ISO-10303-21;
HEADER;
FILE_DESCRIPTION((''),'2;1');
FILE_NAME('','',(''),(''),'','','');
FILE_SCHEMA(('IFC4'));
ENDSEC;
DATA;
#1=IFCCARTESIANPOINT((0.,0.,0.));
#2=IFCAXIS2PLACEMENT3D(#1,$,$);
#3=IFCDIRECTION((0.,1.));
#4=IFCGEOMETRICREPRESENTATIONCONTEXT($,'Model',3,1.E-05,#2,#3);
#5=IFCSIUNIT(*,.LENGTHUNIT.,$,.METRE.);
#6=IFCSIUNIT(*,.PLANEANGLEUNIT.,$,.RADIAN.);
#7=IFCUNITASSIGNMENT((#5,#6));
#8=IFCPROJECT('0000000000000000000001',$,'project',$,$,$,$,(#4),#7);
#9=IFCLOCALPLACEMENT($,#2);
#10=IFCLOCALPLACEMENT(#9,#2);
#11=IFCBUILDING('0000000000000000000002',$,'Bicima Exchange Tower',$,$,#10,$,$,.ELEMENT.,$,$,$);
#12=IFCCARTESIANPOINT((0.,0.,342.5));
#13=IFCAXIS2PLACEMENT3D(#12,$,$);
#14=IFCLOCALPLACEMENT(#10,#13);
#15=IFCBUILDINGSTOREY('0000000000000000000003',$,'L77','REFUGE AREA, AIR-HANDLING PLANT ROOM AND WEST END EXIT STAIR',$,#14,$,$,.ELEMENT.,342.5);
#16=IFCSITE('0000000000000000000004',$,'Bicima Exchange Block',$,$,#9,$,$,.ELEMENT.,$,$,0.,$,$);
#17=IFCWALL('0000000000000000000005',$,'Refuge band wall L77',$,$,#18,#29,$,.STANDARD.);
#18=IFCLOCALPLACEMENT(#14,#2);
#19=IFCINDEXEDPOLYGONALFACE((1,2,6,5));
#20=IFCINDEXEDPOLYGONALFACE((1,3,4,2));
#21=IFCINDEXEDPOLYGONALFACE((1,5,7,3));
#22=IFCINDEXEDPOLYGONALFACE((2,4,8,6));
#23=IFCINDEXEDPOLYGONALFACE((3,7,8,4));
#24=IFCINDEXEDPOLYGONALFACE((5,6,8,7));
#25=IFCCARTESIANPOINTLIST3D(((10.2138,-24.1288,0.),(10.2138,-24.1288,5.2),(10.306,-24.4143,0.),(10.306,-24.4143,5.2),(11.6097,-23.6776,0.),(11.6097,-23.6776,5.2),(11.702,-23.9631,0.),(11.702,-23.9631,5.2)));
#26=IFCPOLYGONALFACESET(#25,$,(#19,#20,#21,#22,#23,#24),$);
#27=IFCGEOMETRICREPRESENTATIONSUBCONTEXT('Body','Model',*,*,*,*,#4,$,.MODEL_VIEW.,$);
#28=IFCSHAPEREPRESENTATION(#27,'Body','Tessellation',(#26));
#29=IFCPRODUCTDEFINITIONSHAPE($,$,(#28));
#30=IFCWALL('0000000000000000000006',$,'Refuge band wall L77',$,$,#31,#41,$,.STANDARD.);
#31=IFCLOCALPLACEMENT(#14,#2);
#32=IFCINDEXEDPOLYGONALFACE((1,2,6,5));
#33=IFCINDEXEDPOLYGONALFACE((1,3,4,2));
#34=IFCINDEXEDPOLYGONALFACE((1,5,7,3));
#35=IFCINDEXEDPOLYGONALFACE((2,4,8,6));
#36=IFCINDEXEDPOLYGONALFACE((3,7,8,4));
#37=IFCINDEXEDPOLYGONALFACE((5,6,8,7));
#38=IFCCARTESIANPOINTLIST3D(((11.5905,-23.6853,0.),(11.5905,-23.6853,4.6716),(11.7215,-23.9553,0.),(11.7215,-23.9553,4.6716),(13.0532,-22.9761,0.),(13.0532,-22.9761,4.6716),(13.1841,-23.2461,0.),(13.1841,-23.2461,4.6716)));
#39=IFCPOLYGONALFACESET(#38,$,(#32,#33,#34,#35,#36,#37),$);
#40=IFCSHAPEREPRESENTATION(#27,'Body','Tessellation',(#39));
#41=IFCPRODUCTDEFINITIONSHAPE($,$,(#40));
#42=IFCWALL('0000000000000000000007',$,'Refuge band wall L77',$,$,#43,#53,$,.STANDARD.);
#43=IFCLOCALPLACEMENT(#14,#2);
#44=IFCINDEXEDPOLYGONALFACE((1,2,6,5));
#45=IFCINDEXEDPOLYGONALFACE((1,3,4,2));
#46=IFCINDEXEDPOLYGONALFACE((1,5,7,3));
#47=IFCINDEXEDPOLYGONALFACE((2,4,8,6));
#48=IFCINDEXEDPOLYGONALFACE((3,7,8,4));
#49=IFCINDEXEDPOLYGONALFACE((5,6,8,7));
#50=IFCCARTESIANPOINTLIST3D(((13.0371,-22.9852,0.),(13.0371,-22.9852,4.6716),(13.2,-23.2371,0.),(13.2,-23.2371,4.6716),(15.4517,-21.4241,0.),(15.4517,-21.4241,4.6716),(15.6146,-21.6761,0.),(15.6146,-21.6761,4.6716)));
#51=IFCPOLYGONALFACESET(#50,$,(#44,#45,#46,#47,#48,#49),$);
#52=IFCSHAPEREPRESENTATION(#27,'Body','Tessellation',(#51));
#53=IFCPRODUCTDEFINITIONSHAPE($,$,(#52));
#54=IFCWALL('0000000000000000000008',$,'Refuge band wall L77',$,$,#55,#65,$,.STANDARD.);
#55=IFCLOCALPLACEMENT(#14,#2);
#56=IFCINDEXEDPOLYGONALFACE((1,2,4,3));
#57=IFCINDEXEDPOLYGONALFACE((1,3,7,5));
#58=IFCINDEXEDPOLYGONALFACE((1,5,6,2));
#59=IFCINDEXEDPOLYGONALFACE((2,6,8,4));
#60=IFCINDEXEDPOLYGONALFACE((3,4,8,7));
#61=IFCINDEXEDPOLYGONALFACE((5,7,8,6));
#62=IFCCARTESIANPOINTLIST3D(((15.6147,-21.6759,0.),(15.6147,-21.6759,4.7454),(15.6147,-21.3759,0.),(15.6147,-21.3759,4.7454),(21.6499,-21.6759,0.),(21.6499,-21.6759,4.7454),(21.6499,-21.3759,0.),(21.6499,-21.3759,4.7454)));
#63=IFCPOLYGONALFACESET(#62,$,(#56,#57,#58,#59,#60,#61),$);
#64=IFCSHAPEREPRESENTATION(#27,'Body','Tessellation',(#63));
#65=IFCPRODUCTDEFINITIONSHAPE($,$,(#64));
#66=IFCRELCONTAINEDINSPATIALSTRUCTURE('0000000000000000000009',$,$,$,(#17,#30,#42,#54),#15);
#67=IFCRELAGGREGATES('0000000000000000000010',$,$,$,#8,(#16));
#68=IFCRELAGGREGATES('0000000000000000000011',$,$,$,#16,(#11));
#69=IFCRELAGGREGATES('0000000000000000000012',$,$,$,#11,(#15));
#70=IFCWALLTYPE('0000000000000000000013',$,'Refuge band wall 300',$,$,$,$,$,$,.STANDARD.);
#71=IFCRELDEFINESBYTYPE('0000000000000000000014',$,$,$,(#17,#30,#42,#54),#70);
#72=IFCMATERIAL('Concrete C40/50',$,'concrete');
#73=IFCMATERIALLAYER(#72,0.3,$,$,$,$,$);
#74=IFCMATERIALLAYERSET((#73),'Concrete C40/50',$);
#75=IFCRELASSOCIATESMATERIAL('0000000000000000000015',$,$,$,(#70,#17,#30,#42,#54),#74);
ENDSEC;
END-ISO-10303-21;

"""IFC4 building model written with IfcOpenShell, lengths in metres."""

from ifc_helpers import new_model, si_unit, direction, frame, frame_2d, origin, place, context, subcontext, project, spatial, rectangle, extrude, material, layer, layer_set, layer_usage, type_object, element, save


model = new_model("IFC4")

# Units and contexts
model_context = context("Model", 3, precision=1e-05, world=origin(), true_north=direction((0.0, 1.0)))
body_context = subcontext(model_context, "Body", "Model", "MODEL_VIEW")
ifc_project = project(units=[si_unit("LENGTHUNIT", "METRE"), si_unit("PLANEANGLEUNIT", "RADIAN")], contexts=[model_context])

# Site, building, storey
site_placement = place(None, origin())
site = spatial("IfcSite", under=ifc_project, at=site_placement, Name="Bicima Exchange Block", CompositionType="ELEMENT", RefElevation=0.0)
building_placement = place(site_placement, origin())
building = spatial("IfcBuilding", under=site, at=building_placement, Name="Bicima Exchange Tower", CompositionType="ELEMENT")
storey_placement = place(building_placement, frame((0.0, 0.0, 342.5)))
storey = spatial("IfcBuildingStorey", under=building, at=storey_placement, Name="L77", Description="REFUGE AREA, AIR-HANDLING PLANT ROOM AND WEST END EXIT STAIR", CompositionType="ELEMENT", Elevation=342.5)

# Shared definitions
ifc_material_1 = material(Name="Concrete C40/50", Category="concrete")

# Walls
ifc_layer_1 = layer(ifc_material_1, 0.3)
ifc_layer_set_1 = layer_set([ifc_layer_1], Name="Concrete C40/50")
ifc_layer_usage = layer_usage(ifc_layer_set_1, "AXIS2", "POSITIVE", -0.15)
wall_type_1 = type_object("IfcWallType", Name="Refuge band wall 300", PredefinedType="STANDARD", material=ifc_layer_set_1)
wall_1_placement = place(storey_placement, frame((10.26, -24.2715, 0.0), z_axis=(0.0, 0.0, 1.0), x_axis=(0.951539, 0.307528, 0.0)))
element("IfcWall", 1, at=wall_1_placement, inside=storey, type_object=wall_type_1, material=ifc_layer_usage, Name="Refuge band wall L77", PredefinedType="STANDARD", context=body_context, shape_type="SweptSolid", body=[
    extrude(rectangle(XDim=1.467, YDim=0.3, at=frame_2d((0.7334, 0.0))), origin(), (0.0, 0.0, 1.0), 5.2),
])
wall_2_placement = place(storey_placement, frame((11.656, -23.8203, 0.0), z_axis=(0.0, 0.0, 1.0), x_axis=(0.899798, 0.436307, 0.0)))
element("IfcWall", 2, at=wall_2_placement, inside=storey, type_object=wall_type_1, material=ifc_layer_usage, Name="Refuge band wall L77", PredefinedType="STANDARD", context=body_context, shape_type="SweptSolid", body=[
    extrude(rectangle(XDim=1.6255, YDim=0.3, at=frame_2d((0.8127, 0.0))), origin(), (0.0, 0.0, 1.0), 4.6716),
])
wall_3_placement = place(storey_placement, frame((13.1187, -23.1111, 0.0), z_axis=(0.0, 0.0, 1.0), x_axis=(0.83978, 0.542927, 0.0)))
element("IfcWall", 3, at=wall_3_placement, inside=storey, type_object=wall_type_1, material=ifc_layer_usage, Name="Refuge band wall L77", PredefinedType="STANDARD", context=body_context, shape_type="SweptSolid", body=[
    extrude(rectangle(XDim=2.8752, YDim=0.3, at=frame_2d((1.4375, 0.0))), origin(), (0.0, 0.0, 1.0), 4.6716),
])
wall_4_placement = place(storey_placement, frame((15.6147, -21.5259, 0.0), z_axis=(0.0, 0.0, 1.0), x_axis=(1.0, 0.0, 0.0)))
element("IfcWall", 4, at=wall_4_placement, inside=storey, type_object=wall_type_1, material=ifc_layer_usage, Name="Refuge band wall L77", PredefinedType="STANDARD", context=body_context, shape_type="SweptSolid", body=[
    extrude(rectangle(XDim=6.0352, YDim=0.3, at=frame_2d((3.0176, 0.0))), origin(), (0.0, 0.0, 1.0), 4.7454),
])

save(model, "model.ifc")
